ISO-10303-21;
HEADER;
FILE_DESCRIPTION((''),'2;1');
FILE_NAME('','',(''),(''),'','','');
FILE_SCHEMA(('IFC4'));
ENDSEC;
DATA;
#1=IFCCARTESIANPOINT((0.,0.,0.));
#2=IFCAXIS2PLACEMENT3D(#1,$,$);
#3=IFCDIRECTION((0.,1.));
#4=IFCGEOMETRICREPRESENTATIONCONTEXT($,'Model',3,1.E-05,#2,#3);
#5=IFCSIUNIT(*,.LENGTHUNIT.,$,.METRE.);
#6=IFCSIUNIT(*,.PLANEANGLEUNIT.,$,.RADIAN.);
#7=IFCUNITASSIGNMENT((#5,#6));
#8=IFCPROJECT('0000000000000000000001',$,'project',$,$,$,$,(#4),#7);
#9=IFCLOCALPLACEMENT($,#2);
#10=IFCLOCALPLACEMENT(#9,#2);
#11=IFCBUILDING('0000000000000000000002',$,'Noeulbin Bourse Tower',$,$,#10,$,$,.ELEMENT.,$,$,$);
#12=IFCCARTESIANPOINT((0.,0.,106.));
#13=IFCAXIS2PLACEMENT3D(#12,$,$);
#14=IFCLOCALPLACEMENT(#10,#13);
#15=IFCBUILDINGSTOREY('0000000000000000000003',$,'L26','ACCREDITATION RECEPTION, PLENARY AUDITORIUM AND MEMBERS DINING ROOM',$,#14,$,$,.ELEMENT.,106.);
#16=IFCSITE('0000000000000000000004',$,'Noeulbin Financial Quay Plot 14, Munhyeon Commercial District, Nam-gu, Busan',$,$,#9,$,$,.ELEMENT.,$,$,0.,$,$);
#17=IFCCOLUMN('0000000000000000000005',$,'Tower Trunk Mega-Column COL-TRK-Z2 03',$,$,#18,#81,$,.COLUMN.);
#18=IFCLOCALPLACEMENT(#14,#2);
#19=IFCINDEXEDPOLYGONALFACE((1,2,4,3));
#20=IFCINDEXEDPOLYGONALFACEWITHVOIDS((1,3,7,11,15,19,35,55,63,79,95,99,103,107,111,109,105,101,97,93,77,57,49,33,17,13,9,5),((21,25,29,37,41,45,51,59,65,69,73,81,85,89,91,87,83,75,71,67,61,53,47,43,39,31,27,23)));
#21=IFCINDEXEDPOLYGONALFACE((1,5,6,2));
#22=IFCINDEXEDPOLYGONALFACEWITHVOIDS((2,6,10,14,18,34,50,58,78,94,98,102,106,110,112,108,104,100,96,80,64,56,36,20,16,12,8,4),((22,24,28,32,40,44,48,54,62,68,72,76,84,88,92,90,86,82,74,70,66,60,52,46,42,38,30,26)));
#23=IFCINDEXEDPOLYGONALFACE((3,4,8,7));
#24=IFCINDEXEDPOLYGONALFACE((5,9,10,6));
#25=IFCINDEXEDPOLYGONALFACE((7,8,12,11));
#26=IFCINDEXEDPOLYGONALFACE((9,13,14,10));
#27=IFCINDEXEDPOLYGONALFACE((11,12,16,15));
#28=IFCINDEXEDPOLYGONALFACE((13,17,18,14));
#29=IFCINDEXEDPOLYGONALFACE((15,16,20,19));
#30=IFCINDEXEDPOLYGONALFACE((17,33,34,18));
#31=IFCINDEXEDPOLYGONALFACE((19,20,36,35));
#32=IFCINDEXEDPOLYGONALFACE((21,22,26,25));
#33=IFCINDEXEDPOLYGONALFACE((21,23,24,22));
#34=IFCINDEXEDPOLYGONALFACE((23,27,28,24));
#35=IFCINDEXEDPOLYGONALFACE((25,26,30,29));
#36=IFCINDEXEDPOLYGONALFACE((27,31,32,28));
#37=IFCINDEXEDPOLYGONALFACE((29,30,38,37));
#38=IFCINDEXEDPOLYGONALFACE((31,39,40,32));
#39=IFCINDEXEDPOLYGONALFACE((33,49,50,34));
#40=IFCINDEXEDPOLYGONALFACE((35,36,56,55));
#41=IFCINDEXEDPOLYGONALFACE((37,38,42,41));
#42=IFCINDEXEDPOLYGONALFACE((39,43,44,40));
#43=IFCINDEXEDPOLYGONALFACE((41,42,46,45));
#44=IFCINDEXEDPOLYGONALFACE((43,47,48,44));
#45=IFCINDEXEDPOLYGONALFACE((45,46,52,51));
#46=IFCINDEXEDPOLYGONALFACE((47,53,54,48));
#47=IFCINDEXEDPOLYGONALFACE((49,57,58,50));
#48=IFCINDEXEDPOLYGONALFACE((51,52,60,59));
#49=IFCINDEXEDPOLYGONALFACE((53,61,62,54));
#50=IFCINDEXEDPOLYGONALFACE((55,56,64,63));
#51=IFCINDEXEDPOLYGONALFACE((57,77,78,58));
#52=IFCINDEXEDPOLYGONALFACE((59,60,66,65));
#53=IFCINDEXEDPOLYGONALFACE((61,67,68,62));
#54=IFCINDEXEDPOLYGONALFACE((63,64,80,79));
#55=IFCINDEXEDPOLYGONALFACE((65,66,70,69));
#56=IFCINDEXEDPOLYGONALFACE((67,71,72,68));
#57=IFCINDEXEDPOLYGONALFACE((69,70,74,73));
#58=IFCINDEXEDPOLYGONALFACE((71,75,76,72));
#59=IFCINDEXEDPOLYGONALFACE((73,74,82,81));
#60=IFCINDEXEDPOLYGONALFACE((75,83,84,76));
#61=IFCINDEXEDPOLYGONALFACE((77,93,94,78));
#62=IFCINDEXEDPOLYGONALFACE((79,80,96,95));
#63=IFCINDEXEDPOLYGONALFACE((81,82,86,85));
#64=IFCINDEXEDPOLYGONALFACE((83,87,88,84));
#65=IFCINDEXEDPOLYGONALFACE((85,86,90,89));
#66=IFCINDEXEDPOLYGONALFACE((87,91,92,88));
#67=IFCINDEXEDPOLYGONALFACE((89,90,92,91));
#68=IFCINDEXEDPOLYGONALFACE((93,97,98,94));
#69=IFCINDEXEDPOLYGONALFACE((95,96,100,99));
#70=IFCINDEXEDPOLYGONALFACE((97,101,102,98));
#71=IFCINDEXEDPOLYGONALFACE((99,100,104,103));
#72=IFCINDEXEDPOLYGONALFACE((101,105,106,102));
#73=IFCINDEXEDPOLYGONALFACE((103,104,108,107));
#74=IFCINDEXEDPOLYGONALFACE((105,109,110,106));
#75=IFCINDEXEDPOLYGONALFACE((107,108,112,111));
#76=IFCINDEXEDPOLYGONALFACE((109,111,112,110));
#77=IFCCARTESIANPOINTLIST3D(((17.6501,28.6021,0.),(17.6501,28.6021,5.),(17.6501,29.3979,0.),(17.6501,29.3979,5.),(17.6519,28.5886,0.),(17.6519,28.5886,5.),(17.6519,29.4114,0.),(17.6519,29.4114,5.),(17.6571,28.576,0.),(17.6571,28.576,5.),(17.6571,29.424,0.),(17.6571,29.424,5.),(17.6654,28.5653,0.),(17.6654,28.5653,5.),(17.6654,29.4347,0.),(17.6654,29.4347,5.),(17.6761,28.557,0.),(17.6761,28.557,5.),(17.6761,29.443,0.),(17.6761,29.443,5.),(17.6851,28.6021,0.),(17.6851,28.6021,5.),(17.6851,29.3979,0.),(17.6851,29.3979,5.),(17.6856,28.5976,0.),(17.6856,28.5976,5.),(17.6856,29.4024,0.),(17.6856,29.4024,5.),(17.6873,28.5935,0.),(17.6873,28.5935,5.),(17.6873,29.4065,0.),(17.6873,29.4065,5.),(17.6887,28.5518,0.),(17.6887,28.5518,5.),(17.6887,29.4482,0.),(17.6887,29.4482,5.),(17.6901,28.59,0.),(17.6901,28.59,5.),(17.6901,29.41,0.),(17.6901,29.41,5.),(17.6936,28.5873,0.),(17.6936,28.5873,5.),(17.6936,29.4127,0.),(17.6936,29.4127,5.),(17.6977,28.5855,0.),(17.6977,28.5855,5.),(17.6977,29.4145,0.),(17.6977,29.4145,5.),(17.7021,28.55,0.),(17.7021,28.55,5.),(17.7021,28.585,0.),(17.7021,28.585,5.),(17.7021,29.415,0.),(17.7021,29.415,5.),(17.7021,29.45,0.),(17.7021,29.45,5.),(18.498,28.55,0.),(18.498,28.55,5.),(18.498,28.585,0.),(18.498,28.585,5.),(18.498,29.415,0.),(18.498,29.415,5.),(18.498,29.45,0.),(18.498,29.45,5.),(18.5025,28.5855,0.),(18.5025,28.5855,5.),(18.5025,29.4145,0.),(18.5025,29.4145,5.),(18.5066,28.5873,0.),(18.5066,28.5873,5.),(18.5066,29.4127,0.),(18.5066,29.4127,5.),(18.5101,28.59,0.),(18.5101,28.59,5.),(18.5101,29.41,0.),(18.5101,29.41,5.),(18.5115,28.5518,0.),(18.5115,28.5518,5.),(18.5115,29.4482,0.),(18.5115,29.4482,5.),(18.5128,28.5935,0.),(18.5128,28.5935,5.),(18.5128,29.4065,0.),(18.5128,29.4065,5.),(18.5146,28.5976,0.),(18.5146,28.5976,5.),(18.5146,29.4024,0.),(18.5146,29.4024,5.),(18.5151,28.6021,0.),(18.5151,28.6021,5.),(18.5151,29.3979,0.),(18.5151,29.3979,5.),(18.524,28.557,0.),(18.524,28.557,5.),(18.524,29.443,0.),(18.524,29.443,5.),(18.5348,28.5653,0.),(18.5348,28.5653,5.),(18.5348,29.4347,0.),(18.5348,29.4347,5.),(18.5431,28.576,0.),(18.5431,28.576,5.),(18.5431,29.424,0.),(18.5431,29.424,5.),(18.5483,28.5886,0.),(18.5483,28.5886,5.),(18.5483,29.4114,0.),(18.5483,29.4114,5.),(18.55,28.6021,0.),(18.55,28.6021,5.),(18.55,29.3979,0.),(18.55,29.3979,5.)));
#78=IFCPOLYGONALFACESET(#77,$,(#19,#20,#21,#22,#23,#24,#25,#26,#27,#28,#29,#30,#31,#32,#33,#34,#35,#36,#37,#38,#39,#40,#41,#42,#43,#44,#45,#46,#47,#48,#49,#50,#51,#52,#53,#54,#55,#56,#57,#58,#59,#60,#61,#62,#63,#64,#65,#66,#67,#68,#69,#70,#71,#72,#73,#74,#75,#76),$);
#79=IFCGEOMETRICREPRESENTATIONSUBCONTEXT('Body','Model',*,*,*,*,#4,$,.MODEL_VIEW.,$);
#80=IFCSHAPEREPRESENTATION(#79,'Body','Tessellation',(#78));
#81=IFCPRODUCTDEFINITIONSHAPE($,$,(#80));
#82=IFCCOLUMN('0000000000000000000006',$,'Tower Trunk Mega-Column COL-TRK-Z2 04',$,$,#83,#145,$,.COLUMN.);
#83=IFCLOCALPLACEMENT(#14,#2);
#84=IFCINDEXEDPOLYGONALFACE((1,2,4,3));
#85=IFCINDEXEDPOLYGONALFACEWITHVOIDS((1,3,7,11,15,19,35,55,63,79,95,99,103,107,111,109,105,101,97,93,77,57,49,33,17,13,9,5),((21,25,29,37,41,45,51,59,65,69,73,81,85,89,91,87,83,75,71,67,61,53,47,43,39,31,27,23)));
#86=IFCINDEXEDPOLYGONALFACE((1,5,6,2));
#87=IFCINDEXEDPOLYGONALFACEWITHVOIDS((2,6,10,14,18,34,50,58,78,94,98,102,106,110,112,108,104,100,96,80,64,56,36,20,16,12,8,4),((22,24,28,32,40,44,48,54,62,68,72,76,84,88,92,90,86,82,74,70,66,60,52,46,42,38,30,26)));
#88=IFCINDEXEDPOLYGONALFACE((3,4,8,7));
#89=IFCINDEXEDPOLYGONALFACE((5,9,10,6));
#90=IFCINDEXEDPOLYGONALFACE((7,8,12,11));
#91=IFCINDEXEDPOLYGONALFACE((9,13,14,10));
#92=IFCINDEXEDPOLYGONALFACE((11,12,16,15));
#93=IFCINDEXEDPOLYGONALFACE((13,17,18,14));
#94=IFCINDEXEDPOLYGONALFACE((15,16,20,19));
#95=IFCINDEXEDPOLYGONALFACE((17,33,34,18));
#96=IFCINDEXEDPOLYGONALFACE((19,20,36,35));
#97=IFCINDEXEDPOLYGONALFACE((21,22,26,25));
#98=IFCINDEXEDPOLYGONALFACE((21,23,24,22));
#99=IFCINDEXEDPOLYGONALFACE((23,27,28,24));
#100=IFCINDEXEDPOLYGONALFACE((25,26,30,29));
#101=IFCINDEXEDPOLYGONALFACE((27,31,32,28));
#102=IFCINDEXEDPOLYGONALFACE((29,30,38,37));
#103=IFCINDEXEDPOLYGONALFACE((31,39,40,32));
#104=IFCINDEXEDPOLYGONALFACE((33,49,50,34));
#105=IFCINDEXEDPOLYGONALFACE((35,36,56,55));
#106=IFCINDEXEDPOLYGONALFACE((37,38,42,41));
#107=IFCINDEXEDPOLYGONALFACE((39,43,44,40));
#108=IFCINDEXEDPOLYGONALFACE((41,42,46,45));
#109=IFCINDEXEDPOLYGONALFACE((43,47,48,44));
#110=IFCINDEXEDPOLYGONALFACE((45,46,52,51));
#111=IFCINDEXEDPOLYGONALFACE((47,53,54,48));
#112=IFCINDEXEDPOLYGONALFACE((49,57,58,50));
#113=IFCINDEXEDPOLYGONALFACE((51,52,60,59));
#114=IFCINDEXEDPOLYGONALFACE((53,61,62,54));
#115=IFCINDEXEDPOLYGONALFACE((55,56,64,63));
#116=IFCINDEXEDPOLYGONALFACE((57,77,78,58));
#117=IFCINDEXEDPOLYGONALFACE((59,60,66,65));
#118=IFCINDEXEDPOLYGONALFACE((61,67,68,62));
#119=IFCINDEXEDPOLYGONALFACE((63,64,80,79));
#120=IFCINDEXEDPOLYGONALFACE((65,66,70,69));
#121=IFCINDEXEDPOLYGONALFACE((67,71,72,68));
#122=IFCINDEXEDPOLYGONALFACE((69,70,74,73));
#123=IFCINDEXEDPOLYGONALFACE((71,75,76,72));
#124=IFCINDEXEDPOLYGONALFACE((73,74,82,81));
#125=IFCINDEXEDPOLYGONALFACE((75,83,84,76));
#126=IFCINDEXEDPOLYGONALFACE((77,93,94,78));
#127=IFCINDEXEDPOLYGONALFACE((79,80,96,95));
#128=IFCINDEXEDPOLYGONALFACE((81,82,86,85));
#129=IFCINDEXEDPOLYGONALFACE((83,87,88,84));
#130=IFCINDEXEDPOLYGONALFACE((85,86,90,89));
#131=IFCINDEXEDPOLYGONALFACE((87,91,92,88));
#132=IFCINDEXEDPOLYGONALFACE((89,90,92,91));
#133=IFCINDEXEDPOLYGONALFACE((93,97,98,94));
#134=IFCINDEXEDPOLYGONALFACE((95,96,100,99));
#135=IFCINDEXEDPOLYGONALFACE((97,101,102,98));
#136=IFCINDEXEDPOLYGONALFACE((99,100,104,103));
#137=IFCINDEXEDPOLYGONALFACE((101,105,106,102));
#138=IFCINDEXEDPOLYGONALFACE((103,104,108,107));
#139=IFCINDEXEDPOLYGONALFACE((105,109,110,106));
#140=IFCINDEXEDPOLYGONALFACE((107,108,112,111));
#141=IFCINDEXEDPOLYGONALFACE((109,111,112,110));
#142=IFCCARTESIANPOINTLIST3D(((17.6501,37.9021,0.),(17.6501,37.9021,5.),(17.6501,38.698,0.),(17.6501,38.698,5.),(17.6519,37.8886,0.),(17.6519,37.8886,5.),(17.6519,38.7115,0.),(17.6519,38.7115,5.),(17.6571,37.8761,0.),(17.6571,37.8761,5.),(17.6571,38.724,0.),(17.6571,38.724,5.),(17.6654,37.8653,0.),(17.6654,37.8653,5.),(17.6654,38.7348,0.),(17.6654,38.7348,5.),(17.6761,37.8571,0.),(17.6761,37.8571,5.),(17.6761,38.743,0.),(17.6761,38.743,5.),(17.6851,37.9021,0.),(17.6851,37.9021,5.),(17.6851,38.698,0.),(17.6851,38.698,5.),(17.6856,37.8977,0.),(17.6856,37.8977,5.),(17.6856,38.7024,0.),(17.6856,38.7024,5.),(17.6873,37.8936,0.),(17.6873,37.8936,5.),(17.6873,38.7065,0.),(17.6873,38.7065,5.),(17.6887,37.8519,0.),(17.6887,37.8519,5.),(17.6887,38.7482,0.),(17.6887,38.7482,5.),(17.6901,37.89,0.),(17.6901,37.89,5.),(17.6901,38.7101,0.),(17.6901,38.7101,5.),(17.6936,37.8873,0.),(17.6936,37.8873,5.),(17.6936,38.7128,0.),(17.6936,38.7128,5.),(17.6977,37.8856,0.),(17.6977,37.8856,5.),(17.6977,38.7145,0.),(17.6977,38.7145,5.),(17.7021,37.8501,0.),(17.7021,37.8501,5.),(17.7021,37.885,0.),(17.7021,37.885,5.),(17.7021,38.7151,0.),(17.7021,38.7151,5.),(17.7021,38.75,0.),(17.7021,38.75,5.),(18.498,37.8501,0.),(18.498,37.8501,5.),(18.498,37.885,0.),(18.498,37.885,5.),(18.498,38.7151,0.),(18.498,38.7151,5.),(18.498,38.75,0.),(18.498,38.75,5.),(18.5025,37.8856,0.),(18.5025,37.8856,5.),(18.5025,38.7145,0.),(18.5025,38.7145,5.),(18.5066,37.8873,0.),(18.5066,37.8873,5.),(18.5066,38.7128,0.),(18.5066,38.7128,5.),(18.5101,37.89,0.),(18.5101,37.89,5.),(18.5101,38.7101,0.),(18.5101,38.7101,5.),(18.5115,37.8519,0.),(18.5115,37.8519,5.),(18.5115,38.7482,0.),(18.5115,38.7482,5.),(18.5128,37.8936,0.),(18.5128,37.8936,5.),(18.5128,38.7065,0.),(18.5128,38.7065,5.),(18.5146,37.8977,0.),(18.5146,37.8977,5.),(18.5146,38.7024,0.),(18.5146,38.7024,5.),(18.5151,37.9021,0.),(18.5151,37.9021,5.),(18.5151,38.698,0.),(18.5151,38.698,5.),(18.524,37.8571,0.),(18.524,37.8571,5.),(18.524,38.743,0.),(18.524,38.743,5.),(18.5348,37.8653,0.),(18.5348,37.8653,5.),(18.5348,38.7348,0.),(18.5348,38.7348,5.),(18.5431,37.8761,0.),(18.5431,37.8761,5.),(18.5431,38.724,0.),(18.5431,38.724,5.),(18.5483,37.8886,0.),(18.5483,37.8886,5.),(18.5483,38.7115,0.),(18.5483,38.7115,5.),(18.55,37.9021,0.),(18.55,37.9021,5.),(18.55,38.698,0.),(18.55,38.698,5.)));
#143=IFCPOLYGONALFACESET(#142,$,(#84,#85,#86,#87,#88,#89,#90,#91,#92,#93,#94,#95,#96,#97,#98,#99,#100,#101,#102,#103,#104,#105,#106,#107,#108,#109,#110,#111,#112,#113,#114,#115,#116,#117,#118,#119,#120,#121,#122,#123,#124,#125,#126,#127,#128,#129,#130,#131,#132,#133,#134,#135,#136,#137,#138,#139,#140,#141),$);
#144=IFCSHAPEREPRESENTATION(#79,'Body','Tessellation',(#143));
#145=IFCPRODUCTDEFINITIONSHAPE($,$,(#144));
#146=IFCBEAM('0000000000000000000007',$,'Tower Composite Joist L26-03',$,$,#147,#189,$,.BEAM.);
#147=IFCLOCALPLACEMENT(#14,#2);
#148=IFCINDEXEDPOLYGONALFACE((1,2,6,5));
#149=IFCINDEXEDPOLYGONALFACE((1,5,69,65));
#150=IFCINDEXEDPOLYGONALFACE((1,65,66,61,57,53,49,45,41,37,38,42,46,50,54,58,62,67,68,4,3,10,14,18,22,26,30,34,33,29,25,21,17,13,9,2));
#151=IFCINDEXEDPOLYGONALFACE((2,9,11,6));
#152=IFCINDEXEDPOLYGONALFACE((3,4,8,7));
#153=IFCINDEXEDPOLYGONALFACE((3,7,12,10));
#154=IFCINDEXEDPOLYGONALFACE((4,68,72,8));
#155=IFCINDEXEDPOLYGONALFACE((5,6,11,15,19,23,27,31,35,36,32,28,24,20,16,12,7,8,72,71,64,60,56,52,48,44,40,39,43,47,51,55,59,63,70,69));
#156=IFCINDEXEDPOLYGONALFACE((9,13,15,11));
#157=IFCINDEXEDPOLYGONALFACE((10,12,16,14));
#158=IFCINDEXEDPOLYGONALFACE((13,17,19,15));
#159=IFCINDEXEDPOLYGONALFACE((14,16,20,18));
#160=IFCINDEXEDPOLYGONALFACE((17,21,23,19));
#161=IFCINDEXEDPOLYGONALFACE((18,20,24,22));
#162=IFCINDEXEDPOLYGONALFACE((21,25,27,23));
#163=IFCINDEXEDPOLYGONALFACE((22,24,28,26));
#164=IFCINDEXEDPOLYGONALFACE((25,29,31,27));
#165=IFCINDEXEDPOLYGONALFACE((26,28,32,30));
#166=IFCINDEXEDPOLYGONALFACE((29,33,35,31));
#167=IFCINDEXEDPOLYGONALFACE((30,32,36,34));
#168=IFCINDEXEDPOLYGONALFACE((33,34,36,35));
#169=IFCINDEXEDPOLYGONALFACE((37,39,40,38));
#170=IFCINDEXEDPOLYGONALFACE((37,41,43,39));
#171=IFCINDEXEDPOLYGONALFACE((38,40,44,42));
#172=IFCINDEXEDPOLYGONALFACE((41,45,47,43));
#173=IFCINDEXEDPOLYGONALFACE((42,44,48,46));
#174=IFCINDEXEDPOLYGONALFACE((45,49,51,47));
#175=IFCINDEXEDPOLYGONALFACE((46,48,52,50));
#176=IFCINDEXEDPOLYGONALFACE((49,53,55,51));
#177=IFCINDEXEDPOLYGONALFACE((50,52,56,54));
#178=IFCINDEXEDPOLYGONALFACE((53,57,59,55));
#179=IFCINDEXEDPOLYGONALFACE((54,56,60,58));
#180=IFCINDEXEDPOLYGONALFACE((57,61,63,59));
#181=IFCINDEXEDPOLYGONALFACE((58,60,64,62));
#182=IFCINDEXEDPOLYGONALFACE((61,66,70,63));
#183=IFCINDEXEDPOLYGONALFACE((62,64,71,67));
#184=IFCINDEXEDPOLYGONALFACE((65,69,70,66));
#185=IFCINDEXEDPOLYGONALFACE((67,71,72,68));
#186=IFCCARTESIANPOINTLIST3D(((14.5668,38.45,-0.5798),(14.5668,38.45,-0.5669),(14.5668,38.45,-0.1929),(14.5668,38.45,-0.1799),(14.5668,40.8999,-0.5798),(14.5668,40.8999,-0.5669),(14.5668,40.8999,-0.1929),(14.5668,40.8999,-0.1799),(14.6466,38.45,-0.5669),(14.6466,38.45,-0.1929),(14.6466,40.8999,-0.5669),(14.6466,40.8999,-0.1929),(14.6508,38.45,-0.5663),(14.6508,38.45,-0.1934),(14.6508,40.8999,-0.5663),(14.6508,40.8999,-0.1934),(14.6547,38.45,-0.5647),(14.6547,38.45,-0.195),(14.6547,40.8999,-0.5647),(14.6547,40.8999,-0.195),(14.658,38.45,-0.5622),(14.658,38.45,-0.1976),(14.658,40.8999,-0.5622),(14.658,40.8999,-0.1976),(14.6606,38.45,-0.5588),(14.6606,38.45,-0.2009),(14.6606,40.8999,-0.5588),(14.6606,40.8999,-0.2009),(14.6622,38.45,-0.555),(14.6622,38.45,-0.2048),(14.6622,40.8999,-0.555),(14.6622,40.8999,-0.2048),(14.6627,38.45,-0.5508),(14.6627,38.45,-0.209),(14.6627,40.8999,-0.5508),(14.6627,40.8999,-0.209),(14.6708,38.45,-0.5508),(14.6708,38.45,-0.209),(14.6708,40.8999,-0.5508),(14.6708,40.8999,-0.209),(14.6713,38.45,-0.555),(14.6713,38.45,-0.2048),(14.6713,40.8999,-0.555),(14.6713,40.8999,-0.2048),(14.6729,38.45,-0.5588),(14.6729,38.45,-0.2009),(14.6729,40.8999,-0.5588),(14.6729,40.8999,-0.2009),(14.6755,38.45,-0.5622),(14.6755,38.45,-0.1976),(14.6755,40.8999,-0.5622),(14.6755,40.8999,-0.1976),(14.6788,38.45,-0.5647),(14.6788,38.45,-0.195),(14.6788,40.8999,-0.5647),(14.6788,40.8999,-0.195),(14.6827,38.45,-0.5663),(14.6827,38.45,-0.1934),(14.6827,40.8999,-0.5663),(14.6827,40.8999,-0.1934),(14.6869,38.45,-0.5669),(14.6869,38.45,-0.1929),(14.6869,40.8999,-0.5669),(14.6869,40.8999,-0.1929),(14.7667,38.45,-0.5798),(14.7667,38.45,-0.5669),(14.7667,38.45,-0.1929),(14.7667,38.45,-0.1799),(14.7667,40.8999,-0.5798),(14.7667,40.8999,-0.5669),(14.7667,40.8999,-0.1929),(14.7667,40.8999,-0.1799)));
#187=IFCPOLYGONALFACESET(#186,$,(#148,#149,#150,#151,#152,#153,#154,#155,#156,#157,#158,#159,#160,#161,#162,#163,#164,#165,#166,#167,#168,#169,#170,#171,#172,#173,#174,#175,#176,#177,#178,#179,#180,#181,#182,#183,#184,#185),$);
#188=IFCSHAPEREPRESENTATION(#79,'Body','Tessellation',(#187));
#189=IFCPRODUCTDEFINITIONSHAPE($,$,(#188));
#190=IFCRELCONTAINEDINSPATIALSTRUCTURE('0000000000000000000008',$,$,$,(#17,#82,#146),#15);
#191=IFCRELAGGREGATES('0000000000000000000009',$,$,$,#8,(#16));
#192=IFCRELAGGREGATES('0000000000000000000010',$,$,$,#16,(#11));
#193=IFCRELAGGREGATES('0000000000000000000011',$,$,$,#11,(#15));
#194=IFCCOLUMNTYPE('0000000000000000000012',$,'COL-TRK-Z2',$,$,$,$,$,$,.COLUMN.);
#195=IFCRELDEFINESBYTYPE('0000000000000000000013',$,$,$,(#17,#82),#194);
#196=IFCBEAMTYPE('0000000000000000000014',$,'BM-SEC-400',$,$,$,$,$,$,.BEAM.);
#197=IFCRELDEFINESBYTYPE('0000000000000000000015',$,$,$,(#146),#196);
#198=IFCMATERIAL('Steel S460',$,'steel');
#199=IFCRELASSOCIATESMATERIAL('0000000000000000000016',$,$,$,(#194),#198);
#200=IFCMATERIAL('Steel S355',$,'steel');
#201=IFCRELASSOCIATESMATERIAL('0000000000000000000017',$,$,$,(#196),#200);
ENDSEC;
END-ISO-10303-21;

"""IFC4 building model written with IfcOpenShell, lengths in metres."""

from ifc_helpers import new_model, si_unit, direction, frame, origin, origin_2d, place, context, subcontext, project, spatial, hollow_rectangle, i_section, extrude, material, material_profile, profile_set, type_object, element, save


model = new_model("IFC4")

# Units and contexts
model_context = context("Model", 3, precision=1e-05, world=origin(), true_north=direction((0.0, 1.0)))
body_context = subcontext(model_context, "Body", "Model", "MODEL_VIEW")
ifc_project = project(units=[si_unit("LENGTHUNIT", "METRE"), si_unit("PLANEANGLEUNIT", "RADIAN")], contexts=[model_context])

# Site, building, storey
site_placement = place(None, origin())
site = spatial("IfcSite", under=ifc_project, at=site_placement, Name="Noeulbin Financial Quay Plot 14, Munhyeon Commercial District, Nam-gu, Busan", CompositionType="ELEMENT", RefElevation=0.0)
building_placement = place(site_placement, origin())
building = spatial("IfcBuilding", under=site, at=building_placement, Name="Noeulbin Bourse Tower", CompositionType="ELEMENT")
storey_placement = place(building_placement, frame((0.0, 0.0, 106.0)))
storey = spatial("IfcBuildingStorey", under=building, at=storey_placement, Name="L26", Description="ACCREDITATION RECEPTION, PLENARY AUDITORIUM AND MEMBERS DINING ROOM", CompositionType="ELEMENT", Elevation=106.0)

# Columns
ifc_material_1 = material(Name="Steel S460", Category="steel")
ifc_material_profile_1 = material_profile(ifc_material_1, hollow_rectangle(XDim=0.8999, YDim=0.8999, WallThickness=0.0349, InnerFilletRadius=0.0171, OuterFilletRadius=0.052, at=origin_2d()), Name="BOX-900x900x35", Category="LoadBearing")
ifc_profile_set_1 = profile_set([ifc_material_profile_1], Name="Steel S460")
column_type = type_object("IfcColumnType", Name="COL-TRK-Z2", PredefinedType="COLUMN", material=ifc_profile_set_1)
for number, where, z_axis, x_axis, name in (
    (1, (18.1001, 29.0, 0.0), (0.0, 0.0, 1.0), (1.0, 0.0, 0.0), "Tower Trunk Mega-Column COL-TRK-Z2 03"),
    (2, (18.1001, 38.3, 0.0), (0.0, 0.0, 1.0), (1.0, 0.0, 0.0), "Tower Trunk Mega-Column COL-TRK-Z2 04"),
):
    element("IfcColumn", number, at=place(storey_placement, frame(where, z_axis=z_axis, x_axis=x_axis)), inside=storey, type_object=column_type, Name=name, PredefinedType="COLUMN", context=body_context, shape_type="SweptSolid", body=[
        extrude(hollow_rectangle(XDim=0.8999, YDim=0.8999, WallThickness=0.0349, InnerFilletRadius=0.0171, OuterFilletRadius=0.052, at=origin_2d()), origin(), (0.0, 0.0, 1.0), 5.0),
    ])

# Beam
ifc_material_2 = material(Name="Steel S355", Category="steel")
ifc_material_profile_2 = material_profile(ifc_material_2, i_section(OverallWidth=0.2, OverallDepth=0.3999, WebThickness=0.0081, FlangeThickness=0.0129, FilletRadius=0.0161, at=origin_2d()), Name="H-400x200x8x13", Category="LoadBearing")
ifc_profile_set_2 = profile_set([ifc_material_profile_2], Name="Steel S355")
beam_type = type_object("IfcBeamType", Name="BM-SEC-400", PredefinedType="BEAM", material=ifc_profile_set_2)
for number, where, z_axis, x_axis, name in (
    (3, (14.6667, 38.45, -0.3799), (0.0, 1.0, 0.0), (-1.0, 0.0, 0.0), "Tower Composite Joist L26-03"),
):
    element("IfcBeam", number, at=place(storey_placement, frame(where, z_axis=z_axis, x_axis=x_axis)), inside=storey, type_object=beam_type, Name=name, PredefinedType="BEAM", context=body_context, shape_type="SweptSolid", body=[
        extrude(i_section(OverallWidth=0.2, OverallDepth=0.3999, WebThickness=0.0081, FlangeThickness=0.0129, FilletRadius=0.0161, at=origin_2d()), origin(), (0.0, 0.0, 1.0), 2.45),
    ])

save(model, "model.ifc")
